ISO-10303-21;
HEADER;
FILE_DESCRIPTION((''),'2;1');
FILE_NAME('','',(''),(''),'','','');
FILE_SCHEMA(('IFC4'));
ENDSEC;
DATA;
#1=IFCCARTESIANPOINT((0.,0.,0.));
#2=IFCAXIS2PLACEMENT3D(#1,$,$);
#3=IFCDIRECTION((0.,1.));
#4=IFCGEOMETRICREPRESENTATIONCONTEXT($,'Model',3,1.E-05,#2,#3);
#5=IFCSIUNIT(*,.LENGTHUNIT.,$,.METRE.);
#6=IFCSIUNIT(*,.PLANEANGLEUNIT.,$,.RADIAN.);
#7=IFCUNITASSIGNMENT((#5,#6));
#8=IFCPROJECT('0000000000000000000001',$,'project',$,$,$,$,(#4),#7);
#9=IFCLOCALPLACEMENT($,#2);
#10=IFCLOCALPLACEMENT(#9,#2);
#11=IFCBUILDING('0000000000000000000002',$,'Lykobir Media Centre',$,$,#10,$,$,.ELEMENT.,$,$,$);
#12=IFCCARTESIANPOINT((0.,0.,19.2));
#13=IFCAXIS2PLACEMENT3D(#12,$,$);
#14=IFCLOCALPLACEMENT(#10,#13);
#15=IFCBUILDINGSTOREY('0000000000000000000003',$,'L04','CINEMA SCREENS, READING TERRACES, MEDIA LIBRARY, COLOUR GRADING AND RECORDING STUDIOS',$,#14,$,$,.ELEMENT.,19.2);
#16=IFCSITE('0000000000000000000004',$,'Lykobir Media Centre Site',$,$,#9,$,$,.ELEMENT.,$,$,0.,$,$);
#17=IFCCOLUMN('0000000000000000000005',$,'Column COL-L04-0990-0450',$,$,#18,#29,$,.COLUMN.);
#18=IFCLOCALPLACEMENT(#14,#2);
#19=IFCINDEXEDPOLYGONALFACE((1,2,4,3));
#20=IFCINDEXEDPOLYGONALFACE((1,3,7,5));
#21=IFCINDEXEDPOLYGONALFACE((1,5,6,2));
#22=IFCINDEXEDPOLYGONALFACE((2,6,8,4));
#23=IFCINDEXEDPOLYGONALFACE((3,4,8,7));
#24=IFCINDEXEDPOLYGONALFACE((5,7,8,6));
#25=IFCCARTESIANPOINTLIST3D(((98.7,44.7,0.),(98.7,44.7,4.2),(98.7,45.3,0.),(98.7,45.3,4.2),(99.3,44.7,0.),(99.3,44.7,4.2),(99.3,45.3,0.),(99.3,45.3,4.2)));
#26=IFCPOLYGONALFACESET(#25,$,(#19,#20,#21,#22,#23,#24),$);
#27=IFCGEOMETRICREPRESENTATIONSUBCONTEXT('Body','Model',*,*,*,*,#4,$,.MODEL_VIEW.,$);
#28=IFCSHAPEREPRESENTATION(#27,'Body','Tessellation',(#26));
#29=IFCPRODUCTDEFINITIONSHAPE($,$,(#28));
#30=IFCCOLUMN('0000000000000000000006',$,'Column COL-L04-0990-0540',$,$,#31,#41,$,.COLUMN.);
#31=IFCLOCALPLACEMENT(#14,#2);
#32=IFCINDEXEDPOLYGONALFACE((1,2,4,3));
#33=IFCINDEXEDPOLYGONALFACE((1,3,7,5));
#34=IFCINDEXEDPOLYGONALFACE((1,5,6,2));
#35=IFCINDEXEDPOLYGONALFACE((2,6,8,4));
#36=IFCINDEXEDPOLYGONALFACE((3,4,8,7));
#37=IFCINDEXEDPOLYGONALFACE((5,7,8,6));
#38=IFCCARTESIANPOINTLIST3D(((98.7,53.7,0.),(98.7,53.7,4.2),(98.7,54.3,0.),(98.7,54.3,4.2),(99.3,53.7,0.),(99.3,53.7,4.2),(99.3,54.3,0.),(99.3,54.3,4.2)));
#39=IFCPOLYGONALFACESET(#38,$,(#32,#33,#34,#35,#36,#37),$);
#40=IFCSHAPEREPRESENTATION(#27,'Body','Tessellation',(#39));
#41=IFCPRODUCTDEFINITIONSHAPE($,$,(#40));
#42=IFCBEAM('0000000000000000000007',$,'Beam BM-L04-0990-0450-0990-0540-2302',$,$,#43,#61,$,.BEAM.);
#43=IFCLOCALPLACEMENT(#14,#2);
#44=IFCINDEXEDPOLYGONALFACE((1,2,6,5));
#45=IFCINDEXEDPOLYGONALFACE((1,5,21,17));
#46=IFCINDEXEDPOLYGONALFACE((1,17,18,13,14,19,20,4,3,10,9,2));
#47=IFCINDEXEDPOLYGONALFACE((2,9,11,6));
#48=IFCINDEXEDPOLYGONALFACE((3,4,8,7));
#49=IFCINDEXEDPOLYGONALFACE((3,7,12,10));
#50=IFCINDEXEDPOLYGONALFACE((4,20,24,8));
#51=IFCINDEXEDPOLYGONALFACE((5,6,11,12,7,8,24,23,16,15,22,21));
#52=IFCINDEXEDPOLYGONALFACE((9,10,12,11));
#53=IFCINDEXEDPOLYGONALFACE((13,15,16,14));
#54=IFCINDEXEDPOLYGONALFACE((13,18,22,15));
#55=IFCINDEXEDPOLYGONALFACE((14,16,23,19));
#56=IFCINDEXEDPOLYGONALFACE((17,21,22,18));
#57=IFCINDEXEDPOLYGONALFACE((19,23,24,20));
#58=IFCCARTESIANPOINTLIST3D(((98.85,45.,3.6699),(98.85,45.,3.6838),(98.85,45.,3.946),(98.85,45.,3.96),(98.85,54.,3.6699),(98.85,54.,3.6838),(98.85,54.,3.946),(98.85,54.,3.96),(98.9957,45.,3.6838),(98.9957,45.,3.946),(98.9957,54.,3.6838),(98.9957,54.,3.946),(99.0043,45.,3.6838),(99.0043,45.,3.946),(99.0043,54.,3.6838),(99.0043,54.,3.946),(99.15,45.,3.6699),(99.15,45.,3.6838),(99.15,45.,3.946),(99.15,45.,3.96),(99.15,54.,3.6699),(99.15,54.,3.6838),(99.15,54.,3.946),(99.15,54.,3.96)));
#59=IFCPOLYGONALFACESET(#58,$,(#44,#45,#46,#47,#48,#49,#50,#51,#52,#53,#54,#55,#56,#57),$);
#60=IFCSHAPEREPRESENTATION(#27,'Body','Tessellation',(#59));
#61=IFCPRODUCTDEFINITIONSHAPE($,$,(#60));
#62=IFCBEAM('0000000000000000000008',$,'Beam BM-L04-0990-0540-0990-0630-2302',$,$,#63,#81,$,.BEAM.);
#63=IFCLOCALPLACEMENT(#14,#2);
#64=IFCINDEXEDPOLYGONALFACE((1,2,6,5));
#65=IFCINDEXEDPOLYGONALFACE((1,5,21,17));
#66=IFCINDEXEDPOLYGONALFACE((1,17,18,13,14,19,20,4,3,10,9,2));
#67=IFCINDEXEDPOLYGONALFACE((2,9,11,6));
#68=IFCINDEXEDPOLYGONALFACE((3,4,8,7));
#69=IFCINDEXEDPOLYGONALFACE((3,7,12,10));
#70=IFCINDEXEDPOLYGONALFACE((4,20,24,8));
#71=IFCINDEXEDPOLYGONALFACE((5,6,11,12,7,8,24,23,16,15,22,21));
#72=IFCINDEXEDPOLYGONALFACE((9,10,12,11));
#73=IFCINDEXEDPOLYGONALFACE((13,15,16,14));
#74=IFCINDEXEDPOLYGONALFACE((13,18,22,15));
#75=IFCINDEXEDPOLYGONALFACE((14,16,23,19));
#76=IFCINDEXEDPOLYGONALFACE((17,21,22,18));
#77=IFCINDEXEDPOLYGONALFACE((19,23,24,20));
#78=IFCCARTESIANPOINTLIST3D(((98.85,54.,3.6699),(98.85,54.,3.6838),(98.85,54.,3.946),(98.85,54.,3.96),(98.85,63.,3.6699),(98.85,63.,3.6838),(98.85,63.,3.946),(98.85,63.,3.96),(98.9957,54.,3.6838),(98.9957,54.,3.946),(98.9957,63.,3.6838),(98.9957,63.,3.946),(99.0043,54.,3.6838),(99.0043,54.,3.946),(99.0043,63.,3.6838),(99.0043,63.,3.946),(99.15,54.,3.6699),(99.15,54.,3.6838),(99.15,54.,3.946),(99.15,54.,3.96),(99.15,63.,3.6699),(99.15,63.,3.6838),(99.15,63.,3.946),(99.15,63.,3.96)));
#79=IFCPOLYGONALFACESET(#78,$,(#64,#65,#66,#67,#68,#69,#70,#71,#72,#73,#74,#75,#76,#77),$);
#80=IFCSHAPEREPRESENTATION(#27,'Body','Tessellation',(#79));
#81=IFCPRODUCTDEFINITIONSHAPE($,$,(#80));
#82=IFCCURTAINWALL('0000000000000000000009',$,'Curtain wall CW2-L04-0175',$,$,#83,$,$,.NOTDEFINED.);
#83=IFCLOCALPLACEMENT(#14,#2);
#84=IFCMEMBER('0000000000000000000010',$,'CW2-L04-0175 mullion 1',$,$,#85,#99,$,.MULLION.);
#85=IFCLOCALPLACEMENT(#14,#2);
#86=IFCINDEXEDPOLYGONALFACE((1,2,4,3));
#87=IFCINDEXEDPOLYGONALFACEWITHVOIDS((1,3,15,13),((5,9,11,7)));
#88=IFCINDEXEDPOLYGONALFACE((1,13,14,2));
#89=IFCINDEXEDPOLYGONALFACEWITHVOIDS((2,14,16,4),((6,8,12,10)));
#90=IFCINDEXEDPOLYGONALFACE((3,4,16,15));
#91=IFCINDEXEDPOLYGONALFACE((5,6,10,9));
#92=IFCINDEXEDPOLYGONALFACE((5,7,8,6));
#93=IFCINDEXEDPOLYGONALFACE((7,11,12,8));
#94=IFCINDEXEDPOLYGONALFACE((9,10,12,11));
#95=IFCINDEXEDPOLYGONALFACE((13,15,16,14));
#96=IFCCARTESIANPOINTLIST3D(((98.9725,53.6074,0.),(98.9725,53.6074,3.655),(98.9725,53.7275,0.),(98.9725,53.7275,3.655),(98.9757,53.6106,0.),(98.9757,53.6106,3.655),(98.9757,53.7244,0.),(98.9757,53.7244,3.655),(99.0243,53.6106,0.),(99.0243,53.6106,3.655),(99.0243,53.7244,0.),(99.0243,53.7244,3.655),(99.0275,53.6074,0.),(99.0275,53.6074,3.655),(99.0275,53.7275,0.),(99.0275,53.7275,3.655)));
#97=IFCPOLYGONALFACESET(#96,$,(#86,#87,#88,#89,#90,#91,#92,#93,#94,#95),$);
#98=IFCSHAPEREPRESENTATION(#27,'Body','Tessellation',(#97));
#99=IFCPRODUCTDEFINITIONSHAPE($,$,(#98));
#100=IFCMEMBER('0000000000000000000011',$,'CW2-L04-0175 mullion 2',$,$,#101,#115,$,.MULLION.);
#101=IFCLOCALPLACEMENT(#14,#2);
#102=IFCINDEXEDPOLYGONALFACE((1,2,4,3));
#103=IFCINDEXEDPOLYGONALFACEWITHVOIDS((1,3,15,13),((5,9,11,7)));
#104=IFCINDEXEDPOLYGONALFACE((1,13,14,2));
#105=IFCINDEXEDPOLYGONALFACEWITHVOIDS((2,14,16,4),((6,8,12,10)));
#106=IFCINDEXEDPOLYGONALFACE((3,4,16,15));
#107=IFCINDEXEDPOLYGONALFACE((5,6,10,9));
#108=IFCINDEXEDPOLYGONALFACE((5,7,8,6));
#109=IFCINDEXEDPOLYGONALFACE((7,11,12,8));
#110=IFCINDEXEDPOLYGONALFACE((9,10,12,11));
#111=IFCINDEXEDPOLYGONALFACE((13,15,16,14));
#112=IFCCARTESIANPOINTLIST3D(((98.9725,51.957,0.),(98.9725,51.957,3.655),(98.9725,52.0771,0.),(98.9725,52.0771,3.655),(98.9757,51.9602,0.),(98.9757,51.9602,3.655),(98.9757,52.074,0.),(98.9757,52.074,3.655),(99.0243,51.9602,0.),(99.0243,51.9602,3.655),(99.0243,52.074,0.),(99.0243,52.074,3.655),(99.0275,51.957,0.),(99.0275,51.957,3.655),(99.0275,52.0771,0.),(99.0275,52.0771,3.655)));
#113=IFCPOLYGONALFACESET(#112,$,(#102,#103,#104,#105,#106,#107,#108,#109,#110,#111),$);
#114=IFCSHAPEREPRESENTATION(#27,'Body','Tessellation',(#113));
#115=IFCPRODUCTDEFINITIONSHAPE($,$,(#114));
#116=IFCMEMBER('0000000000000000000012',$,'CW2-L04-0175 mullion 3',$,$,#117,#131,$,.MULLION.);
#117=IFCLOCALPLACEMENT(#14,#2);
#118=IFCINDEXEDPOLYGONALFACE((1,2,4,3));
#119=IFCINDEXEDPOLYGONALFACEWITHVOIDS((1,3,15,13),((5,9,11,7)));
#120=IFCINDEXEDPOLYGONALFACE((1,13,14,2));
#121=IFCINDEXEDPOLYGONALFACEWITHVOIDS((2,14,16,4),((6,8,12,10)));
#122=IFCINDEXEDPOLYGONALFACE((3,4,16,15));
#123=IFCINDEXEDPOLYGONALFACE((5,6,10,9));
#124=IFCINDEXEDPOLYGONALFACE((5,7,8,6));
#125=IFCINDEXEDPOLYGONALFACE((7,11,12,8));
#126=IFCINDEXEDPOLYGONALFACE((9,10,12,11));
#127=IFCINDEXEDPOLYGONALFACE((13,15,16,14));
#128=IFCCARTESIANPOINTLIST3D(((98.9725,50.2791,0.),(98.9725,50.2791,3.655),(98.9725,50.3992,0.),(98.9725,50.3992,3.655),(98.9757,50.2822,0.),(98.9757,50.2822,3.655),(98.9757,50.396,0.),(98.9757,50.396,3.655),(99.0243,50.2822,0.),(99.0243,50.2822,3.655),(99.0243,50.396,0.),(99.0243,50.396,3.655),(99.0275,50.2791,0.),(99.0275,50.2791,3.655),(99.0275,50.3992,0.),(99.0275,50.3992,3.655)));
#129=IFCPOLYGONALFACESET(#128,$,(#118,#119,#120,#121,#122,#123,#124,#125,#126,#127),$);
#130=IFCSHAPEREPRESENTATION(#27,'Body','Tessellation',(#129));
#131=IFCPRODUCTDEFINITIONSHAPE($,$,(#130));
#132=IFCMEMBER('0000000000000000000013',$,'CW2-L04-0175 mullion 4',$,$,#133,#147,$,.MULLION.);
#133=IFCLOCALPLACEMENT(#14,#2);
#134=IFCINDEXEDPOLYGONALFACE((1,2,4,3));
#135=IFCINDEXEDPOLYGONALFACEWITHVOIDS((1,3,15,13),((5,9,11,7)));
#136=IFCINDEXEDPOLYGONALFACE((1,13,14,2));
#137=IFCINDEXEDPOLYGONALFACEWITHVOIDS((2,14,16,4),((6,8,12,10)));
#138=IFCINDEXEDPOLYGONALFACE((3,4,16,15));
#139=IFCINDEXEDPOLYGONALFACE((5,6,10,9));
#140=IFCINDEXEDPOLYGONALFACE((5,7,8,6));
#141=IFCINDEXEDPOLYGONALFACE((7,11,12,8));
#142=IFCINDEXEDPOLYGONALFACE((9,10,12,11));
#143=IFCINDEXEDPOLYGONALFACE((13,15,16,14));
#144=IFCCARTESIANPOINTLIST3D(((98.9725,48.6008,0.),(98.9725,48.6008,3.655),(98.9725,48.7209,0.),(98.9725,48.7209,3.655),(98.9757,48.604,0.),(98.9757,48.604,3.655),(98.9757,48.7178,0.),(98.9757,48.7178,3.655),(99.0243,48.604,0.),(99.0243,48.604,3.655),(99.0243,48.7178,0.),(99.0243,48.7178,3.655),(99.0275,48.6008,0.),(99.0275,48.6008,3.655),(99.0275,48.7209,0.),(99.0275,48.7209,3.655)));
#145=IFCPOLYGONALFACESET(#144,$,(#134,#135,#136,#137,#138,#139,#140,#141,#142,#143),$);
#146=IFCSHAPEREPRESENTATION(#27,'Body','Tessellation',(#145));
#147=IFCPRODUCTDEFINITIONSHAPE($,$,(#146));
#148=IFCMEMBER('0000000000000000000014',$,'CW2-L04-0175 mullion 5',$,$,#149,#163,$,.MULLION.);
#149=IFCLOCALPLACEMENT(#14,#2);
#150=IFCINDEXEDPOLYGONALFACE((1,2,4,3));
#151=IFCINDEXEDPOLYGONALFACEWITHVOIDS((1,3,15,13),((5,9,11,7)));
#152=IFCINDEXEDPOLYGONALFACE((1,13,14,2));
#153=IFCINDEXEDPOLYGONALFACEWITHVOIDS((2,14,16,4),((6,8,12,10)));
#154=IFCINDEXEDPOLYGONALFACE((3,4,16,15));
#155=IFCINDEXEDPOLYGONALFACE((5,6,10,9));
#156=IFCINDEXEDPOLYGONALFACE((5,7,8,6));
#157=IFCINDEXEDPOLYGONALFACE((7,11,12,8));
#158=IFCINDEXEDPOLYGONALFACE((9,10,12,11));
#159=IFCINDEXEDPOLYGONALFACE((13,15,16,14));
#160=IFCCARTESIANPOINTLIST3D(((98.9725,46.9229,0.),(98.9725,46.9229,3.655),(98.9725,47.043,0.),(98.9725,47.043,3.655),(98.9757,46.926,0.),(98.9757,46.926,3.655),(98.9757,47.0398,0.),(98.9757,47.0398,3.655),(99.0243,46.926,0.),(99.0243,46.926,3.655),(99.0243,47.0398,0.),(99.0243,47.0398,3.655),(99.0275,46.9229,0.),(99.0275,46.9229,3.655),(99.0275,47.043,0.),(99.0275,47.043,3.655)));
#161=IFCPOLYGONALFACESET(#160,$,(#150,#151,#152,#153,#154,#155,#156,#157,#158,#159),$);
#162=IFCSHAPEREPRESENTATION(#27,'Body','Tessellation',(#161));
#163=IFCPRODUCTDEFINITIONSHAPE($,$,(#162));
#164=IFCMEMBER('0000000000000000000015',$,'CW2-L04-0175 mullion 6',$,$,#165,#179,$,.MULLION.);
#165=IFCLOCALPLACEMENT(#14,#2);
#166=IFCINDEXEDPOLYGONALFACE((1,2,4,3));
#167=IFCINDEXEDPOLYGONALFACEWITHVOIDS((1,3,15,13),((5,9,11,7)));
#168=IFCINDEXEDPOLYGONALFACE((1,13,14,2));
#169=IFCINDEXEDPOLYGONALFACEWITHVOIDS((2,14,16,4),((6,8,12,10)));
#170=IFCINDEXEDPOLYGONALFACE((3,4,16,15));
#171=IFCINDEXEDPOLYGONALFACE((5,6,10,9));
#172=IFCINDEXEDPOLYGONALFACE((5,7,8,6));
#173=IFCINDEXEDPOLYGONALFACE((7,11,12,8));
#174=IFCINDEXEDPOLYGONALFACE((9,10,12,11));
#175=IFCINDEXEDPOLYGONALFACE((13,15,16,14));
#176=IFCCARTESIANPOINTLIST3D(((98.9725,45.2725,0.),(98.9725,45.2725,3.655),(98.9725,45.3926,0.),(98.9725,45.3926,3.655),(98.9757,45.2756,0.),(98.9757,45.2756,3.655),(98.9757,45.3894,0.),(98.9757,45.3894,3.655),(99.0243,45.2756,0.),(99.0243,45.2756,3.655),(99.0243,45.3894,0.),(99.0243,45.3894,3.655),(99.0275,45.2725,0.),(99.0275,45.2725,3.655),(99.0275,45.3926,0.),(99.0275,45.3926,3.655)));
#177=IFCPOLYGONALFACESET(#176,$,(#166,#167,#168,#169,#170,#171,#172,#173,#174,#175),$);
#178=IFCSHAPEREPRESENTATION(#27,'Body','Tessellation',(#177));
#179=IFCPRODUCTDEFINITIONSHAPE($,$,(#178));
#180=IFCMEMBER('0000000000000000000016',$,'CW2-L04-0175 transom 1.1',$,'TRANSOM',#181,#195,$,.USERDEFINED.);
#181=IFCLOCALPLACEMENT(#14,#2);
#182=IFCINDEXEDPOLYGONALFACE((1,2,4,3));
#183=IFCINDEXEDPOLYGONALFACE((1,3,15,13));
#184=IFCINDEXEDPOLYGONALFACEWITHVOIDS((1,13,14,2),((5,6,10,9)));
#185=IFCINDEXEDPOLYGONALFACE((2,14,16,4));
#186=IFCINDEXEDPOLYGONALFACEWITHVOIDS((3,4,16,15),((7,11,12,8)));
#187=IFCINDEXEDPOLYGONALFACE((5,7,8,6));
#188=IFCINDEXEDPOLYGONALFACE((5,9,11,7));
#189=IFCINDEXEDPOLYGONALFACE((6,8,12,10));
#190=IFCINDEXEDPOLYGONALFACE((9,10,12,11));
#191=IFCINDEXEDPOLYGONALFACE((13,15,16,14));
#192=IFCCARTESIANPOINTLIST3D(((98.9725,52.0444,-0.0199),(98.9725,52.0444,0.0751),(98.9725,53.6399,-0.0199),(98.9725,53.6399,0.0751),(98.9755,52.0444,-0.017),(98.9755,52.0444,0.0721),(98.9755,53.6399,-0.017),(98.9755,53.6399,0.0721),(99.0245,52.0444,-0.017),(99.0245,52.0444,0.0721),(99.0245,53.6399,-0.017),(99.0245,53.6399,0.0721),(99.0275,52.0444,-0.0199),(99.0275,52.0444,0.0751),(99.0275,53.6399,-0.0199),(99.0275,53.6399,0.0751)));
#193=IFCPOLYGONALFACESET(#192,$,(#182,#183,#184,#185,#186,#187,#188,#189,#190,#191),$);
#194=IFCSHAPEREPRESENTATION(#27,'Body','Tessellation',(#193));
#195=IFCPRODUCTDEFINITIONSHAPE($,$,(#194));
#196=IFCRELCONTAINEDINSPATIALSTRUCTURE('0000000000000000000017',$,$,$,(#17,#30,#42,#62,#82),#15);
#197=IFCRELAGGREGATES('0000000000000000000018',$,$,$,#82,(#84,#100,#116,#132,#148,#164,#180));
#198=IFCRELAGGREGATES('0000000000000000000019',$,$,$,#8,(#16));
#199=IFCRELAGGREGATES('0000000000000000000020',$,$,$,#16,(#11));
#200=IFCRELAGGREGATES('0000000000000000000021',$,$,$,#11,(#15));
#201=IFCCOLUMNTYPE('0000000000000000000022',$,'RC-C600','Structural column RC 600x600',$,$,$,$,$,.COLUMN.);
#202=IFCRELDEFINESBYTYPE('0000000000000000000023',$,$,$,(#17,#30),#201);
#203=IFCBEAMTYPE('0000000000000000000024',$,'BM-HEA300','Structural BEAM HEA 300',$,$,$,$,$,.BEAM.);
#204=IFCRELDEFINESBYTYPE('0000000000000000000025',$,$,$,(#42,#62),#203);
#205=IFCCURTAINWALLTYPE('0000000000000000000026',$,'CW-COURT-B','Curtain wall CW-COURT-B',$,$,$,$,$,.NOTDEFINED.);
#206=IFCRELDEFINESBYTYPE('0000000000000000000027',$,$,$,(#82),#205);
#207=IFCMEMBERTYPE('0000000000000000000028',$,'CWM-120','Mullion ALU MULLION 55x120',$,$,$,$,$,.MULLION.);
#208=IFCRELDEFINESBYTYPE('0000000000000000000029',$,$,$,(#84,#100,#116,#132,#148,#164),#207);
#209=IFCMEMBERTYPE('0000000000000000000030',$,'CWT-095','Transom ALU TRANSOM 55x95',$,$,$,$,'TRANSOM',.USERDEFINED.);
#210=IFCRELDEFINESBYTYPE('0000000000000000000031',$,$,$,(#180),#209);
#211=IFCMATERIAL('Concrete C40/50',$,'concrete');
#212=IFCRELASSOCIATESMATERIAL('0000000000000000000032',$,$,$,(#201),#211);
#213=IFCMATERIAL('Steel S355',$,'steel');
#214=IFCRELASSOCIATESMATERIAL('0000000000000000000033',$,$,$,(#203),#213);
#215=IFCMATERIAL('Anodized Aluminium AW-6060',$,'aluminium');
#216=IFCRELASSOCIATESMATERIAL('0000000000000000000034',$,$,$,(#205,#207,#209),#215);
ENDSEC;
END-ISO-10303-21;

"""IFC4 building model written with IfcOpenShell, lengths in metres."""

from ifc_helpers import new_model, si_unit, direction, frame, origin, origin_2d, place, context, subcontext, project, spatial, rectangle, hollow_rectangle, i_section, extrude, material, material_profile, profile_set, type_object, element, aggregate, save


model = new_model("IFC4")

# Units and contexts
model_context = context("Model", 3, precision=1e-05, world=origin(), true_north=direction((0.0, 1.0)))
body_context = subcontext(model_context, "Body", "Model", "MODEL_VIEW")
ifc_project = project(units=[si_unit("LENGTHUNIT", "METRE"), si_unit("PLANEANGLEUNIT", "RADIAN")], contexts=[model_context])

# Site, building, storey
site_placement = place(None, origin())
site = spatial("IfcSite", under=ifc_project, at=site_placement, Name="Lykobir Media Centre Site", CompositionType="ELEMENT", RefElevation=0.0)
building_placement = place(site_placement, origin())
building = spatial("IfcBuilding", under=site, at=building_placement, Name="Lykobir Media Centre", CompositionType="ELEMENT")
storey_placement = place(building_placement, frame((0.0, 0.0, 19.2)))
storey = spatial("IfcBuildingStorey", under=building, at=storey_placement, Name="L04", Description="CINEMA SCREENS, READING TERRACES, MEDIA LIBRARY, COLOUR GRADING AND RECORDING STUDIOS", CompositionType="ELEMENT", Elevation=19.2)

# Columns
ifc_material_1 = material(Name="Concrete C40/50", Category="concrete")
ifc_material_profile_1 = material_profile(ifc_material_1, rectangle(XDim=0.6001, YDim=0.6001, at=origin_2d()), Name="RC 600x600")
ifc_profile_set_1 = profile_set([ifc_material_profile_1], Name="Concrete C40/50")
column_type = type_object("IfcColumnType", Name="RC-C600", Description="Structural column RC 600x600", PredefinedType="COLUMN", material=ifc_profile_set_1)
for number, where, z_axis, x_axis, name in (
    (1, (99.0, 45.0, 0.0), (0.0, 0.0, 1.0), (1.0, 0.0, 0.0), "Column COL-L04-0990-0450"),
    (2, (99.0, 54.0, 0.0), (0.0, 0.0, 1.0), (1.0, 0.0, 0.0), "Column COL-L04-0990-0540"),
):
    element("IfcColumn", number, at=place(storey_placement, frame(where, z_axis=z_axis, x_axis=x_axis)), inside=storey, type_object=column_type, Name=name, PredefinedType="COLUMN", context=body_context, shape_type="SweptSolid", body=[
        extrude(rectangle(XDim=0.6001, YDim=0.6001, at=origin_2d()), origin(), (0.0, 0.0, 1.0), 4.2),
    ])

# Beams
ifc_material_2 = material(Name="Steel S355", Category="steel")
ifc_material_profile_2 = material_profile(ifc_material_2, i_section(OverallWidth=0.3, OverallDepth=0.29, WebThickness=0.0085, FlangeThickness=0.0139, at=origin_2d()), Name="HEA 300")
ifc_profile_set_2 = profile_set([ifc_material_profile_2], Name="Steel S355")
beam_type_1 = type_object("IfcBeamType", Name="BM-HEA300", Description="Structural BEAM HEA 300", PredefinedType="BEAM", material=ifc_profile_set_2)
for number, where, z_axis, x_axis, name in (
    (3, (99.0, 45.0, 3.8149), (0.0, 1.0, 0.0), (-1.0, 0.0, 0.0), "Beam BM-L04-0990-0450-0990-0540-2302"),
    (4, (99.0, 54.0, 3.8149), (0.0, 1.0, 0.0), (-1.0, 0.0, 0.0), "Beam BM-L04-0990-0540-0990-0630-2302"),
):
    element("IfcBeam", number, at=place(storey_placement, frame(where, z_axis=z_axis, x_axis=x_axis)), inside=storey, type_object=beam_type_1, Name=name, PredefinedType="BEAM", context=body_context, shape_type="SweptSolid", body=[
        extrude(i_section(OverallWidth=0.3, OverallDepth=0.29, WebThickness=0.0085, FlangeThickness=0.0139, at=origin_2d()), origin(), (0.0, 0.0, 1.0), 9.0),
    ])

# Curtain wall, members
ifc_material_3 = material(Name="Anodized Aluminium AW-6060", Category="aluminium")
curtain_wall_type = type_object("IfcCurtainWallType", Name="CW-COURT-B", Description="Curtain wall CW-COURT-B", PredefinedType="NOTDEFINED", material=ifc_material_3)
curtain_wall_placement = place(storey_placement, origin())
curtain_wall = element("IfcCurtainWall", 5, at=curtain_wall_placement, inside=storey, type_object=curtain_wall_type, Name="Curtain wall CW2-L04-0175", PredefinedType="NOTDEFINED")
ifc_material_profile_3 = material_profile(ifc_material_3, hollow_rectangle(XDim=0.0549, YDim=0.1201, WallThickness=0.0032, at=origin_2d()), Name="ALU MULLION 55x120")
ifc_profile_set_3 = profile_set([ifc_material_profile_3], Name="Anodized Aluminium AW-6060")
member_type_1 = type_object("IfcMemberType", Name="CWM-120", Description="Mullion ALU MULLION 55x120", PredefinedType="MULLION", material=ifc_profile_set_3)
member_1_placement = place(storey_placement, frame((99.0, 53.6675, 0.0), z_axis=(0.0, 0.0, 1.0), x_axis=(1.0, 0.0, 0.0)))
member_1 = element("IfcMember", 6, at=member_1_placement, type_object=member_type_1, Name="CW2-L04-0175 mullion 1", PredefinedType="MULLION", context=body_context, shape_type="SweptSolid", body=[
    extrude(hollow_rectangle(XDim=0.0549, YDim=0.1201, WallThickness=0.0032, at=origin_2d()), origin(), (0.0, 0.0, 1.0), 3.655),
])
member_2_placement = place(storey_placement, frame((99.0, 52.0171, 0.0), z_axis=(0.0, 0.0, 1.0), x_axis=(1.0, 0.0, 0.0)))
member_2 = element("IfcMember", 7, at=member_2_placement, type_object=member_type_1, Name="CW2-L04-0175 mullion 2", PredefinedType="MULLION", context=body_context, shape_type="SweptSolid", body=[
    extrude(hollow_rectangle(XDim=0.0549, YDim=0.1201, WallThickness=0.0032, at=origin_2d()), origin(), (0.0, 0.0, 1.0), 3.655),
])
member_3_placement = place(storey_placement, frame((99.0, 50.3391, 0.0), z_axis=(0.0, 0.0, 1.0), x_axis=(1.0, 0.0, 0.0)))
member_3 = element("IfcMember", 8, at=member_3_placement, type_object=member_type_1, Name="CW2-L04-0175 mullion 3", PredefinedType="MULLION", context=body_context, shape_type="SweptSolid", body=[
    extrude(hollow_rectangle(XDim=0.0549, YDim=0.1201, WallThickness=0.0032, at=origin_2d()), origin(), (0.0, 0.0, 1.0), 3.655),
])
member_4_placement = place(storey_placement, frame((99.0, 48.6609, 0.0), z_axis=(0.0, 0.0, 1.0), x_axis=(1.0, 0.0, 0.0)))
member_4 = element("IfcMember", 9, at=member_4_placement, type_object=member_type_1, Name="CW2-L04-0175 mullion 4", PredefinedType="MULLION", context=body_context, shape_type="SweptSolid", body=[
    extrude(hollow_rectangle(XDim=0.0549, YDim=0.1201, WallThickness=0.0032, at=origin_2d()), origin(), (0.0, 0.0, 1.0), 3.655),
])
member_5_placement = place(storey_placement, frame((99.0, 46.9829, 0.0), z_axis=(0.0, 0.0, 1.0), x_axis=(1.0, 0.0, 0.0)))
member_5 = element("IfcMember", 10, at=member_5_placement, type_object=member_type_1, Name="CW2-L04-0175 mullion 5", PredefinedType="MULLION", context=body_context, shape_type="SweptSolid", body=[
    extrude(hollow_rectangle(XDim=0.0549, YDim=0.1201, WallThickness=0.0032, at=origin_2d()), origin(), (0.0, 0.0, 1.0), 3.655),
])
member_6_placement = place(storey_placement, frame((99.0, 45.3325, 0.0), z_axis=(0.0, 0.0, 1.0), x_axis=(1.0, 0.0, 0.0)))
member_6 = element("IfcMember", 11, at=member_6_placement, type_object=member_type_1, Name="CW2-L04-0175 mullion 6", PredefinedType="MULLION", context=body_context, shape_type="SweptSolid", body=[
    extrude(hollow_rectangle(XDim=0.0549, YDim=0.1201, WallThickness=0.0032, at=origin_2d()), origin(), (0.0, 0.0, 1.0), 3.655),
])
ifc_material_profile_4 = material_profile(ifc_material_3, hollow_rectangle(XDim=0.0549, YDim=0.095, WallThickness=0.0029, at=origin_2d()), Name="ALU TRANSOM 55x95")
ifc_profile_set_4 = profile_set([ifc_material_profile_4], Name="Anodized Aluminium AW-6060")
member_type_2 = type_object("IfcMemberType", Name="CWT-095", Description="Transom ALU TRANSOM 55x95", ElementType="TRANSOM", PredefinedType="USERDEFINED", material=ifc_profile_set_4)
member_7_placement = place(storey_placement, frame((99.0, 53.6399, 0.0276), z_axis=(0.0, -1.0, 0.0), x_axis=(1.0, 0.0, 0.0)))
member_7 = element("IfcMember", 12, at=member_7_placement, type_object=member_type_2, Name="CW2-L04-0175 transom 1.1", ObjectType="TRANSOM", PredefinedType="USERDEFINED", context=body_context, shape_type="SweptSolid", body=[
    extrude(hollow_rectangle(XDim=0.0549, YDim=0.095, WallThickness=0.0029, at=origin_2d()), origin(), (0.0, 0.0, 1.0), 1.5955),
])

aggregate(curtain_wall, [member_1, member_2, member_3, member_4, member_5, member_6, member_7])

save(model, "model.ifc")
